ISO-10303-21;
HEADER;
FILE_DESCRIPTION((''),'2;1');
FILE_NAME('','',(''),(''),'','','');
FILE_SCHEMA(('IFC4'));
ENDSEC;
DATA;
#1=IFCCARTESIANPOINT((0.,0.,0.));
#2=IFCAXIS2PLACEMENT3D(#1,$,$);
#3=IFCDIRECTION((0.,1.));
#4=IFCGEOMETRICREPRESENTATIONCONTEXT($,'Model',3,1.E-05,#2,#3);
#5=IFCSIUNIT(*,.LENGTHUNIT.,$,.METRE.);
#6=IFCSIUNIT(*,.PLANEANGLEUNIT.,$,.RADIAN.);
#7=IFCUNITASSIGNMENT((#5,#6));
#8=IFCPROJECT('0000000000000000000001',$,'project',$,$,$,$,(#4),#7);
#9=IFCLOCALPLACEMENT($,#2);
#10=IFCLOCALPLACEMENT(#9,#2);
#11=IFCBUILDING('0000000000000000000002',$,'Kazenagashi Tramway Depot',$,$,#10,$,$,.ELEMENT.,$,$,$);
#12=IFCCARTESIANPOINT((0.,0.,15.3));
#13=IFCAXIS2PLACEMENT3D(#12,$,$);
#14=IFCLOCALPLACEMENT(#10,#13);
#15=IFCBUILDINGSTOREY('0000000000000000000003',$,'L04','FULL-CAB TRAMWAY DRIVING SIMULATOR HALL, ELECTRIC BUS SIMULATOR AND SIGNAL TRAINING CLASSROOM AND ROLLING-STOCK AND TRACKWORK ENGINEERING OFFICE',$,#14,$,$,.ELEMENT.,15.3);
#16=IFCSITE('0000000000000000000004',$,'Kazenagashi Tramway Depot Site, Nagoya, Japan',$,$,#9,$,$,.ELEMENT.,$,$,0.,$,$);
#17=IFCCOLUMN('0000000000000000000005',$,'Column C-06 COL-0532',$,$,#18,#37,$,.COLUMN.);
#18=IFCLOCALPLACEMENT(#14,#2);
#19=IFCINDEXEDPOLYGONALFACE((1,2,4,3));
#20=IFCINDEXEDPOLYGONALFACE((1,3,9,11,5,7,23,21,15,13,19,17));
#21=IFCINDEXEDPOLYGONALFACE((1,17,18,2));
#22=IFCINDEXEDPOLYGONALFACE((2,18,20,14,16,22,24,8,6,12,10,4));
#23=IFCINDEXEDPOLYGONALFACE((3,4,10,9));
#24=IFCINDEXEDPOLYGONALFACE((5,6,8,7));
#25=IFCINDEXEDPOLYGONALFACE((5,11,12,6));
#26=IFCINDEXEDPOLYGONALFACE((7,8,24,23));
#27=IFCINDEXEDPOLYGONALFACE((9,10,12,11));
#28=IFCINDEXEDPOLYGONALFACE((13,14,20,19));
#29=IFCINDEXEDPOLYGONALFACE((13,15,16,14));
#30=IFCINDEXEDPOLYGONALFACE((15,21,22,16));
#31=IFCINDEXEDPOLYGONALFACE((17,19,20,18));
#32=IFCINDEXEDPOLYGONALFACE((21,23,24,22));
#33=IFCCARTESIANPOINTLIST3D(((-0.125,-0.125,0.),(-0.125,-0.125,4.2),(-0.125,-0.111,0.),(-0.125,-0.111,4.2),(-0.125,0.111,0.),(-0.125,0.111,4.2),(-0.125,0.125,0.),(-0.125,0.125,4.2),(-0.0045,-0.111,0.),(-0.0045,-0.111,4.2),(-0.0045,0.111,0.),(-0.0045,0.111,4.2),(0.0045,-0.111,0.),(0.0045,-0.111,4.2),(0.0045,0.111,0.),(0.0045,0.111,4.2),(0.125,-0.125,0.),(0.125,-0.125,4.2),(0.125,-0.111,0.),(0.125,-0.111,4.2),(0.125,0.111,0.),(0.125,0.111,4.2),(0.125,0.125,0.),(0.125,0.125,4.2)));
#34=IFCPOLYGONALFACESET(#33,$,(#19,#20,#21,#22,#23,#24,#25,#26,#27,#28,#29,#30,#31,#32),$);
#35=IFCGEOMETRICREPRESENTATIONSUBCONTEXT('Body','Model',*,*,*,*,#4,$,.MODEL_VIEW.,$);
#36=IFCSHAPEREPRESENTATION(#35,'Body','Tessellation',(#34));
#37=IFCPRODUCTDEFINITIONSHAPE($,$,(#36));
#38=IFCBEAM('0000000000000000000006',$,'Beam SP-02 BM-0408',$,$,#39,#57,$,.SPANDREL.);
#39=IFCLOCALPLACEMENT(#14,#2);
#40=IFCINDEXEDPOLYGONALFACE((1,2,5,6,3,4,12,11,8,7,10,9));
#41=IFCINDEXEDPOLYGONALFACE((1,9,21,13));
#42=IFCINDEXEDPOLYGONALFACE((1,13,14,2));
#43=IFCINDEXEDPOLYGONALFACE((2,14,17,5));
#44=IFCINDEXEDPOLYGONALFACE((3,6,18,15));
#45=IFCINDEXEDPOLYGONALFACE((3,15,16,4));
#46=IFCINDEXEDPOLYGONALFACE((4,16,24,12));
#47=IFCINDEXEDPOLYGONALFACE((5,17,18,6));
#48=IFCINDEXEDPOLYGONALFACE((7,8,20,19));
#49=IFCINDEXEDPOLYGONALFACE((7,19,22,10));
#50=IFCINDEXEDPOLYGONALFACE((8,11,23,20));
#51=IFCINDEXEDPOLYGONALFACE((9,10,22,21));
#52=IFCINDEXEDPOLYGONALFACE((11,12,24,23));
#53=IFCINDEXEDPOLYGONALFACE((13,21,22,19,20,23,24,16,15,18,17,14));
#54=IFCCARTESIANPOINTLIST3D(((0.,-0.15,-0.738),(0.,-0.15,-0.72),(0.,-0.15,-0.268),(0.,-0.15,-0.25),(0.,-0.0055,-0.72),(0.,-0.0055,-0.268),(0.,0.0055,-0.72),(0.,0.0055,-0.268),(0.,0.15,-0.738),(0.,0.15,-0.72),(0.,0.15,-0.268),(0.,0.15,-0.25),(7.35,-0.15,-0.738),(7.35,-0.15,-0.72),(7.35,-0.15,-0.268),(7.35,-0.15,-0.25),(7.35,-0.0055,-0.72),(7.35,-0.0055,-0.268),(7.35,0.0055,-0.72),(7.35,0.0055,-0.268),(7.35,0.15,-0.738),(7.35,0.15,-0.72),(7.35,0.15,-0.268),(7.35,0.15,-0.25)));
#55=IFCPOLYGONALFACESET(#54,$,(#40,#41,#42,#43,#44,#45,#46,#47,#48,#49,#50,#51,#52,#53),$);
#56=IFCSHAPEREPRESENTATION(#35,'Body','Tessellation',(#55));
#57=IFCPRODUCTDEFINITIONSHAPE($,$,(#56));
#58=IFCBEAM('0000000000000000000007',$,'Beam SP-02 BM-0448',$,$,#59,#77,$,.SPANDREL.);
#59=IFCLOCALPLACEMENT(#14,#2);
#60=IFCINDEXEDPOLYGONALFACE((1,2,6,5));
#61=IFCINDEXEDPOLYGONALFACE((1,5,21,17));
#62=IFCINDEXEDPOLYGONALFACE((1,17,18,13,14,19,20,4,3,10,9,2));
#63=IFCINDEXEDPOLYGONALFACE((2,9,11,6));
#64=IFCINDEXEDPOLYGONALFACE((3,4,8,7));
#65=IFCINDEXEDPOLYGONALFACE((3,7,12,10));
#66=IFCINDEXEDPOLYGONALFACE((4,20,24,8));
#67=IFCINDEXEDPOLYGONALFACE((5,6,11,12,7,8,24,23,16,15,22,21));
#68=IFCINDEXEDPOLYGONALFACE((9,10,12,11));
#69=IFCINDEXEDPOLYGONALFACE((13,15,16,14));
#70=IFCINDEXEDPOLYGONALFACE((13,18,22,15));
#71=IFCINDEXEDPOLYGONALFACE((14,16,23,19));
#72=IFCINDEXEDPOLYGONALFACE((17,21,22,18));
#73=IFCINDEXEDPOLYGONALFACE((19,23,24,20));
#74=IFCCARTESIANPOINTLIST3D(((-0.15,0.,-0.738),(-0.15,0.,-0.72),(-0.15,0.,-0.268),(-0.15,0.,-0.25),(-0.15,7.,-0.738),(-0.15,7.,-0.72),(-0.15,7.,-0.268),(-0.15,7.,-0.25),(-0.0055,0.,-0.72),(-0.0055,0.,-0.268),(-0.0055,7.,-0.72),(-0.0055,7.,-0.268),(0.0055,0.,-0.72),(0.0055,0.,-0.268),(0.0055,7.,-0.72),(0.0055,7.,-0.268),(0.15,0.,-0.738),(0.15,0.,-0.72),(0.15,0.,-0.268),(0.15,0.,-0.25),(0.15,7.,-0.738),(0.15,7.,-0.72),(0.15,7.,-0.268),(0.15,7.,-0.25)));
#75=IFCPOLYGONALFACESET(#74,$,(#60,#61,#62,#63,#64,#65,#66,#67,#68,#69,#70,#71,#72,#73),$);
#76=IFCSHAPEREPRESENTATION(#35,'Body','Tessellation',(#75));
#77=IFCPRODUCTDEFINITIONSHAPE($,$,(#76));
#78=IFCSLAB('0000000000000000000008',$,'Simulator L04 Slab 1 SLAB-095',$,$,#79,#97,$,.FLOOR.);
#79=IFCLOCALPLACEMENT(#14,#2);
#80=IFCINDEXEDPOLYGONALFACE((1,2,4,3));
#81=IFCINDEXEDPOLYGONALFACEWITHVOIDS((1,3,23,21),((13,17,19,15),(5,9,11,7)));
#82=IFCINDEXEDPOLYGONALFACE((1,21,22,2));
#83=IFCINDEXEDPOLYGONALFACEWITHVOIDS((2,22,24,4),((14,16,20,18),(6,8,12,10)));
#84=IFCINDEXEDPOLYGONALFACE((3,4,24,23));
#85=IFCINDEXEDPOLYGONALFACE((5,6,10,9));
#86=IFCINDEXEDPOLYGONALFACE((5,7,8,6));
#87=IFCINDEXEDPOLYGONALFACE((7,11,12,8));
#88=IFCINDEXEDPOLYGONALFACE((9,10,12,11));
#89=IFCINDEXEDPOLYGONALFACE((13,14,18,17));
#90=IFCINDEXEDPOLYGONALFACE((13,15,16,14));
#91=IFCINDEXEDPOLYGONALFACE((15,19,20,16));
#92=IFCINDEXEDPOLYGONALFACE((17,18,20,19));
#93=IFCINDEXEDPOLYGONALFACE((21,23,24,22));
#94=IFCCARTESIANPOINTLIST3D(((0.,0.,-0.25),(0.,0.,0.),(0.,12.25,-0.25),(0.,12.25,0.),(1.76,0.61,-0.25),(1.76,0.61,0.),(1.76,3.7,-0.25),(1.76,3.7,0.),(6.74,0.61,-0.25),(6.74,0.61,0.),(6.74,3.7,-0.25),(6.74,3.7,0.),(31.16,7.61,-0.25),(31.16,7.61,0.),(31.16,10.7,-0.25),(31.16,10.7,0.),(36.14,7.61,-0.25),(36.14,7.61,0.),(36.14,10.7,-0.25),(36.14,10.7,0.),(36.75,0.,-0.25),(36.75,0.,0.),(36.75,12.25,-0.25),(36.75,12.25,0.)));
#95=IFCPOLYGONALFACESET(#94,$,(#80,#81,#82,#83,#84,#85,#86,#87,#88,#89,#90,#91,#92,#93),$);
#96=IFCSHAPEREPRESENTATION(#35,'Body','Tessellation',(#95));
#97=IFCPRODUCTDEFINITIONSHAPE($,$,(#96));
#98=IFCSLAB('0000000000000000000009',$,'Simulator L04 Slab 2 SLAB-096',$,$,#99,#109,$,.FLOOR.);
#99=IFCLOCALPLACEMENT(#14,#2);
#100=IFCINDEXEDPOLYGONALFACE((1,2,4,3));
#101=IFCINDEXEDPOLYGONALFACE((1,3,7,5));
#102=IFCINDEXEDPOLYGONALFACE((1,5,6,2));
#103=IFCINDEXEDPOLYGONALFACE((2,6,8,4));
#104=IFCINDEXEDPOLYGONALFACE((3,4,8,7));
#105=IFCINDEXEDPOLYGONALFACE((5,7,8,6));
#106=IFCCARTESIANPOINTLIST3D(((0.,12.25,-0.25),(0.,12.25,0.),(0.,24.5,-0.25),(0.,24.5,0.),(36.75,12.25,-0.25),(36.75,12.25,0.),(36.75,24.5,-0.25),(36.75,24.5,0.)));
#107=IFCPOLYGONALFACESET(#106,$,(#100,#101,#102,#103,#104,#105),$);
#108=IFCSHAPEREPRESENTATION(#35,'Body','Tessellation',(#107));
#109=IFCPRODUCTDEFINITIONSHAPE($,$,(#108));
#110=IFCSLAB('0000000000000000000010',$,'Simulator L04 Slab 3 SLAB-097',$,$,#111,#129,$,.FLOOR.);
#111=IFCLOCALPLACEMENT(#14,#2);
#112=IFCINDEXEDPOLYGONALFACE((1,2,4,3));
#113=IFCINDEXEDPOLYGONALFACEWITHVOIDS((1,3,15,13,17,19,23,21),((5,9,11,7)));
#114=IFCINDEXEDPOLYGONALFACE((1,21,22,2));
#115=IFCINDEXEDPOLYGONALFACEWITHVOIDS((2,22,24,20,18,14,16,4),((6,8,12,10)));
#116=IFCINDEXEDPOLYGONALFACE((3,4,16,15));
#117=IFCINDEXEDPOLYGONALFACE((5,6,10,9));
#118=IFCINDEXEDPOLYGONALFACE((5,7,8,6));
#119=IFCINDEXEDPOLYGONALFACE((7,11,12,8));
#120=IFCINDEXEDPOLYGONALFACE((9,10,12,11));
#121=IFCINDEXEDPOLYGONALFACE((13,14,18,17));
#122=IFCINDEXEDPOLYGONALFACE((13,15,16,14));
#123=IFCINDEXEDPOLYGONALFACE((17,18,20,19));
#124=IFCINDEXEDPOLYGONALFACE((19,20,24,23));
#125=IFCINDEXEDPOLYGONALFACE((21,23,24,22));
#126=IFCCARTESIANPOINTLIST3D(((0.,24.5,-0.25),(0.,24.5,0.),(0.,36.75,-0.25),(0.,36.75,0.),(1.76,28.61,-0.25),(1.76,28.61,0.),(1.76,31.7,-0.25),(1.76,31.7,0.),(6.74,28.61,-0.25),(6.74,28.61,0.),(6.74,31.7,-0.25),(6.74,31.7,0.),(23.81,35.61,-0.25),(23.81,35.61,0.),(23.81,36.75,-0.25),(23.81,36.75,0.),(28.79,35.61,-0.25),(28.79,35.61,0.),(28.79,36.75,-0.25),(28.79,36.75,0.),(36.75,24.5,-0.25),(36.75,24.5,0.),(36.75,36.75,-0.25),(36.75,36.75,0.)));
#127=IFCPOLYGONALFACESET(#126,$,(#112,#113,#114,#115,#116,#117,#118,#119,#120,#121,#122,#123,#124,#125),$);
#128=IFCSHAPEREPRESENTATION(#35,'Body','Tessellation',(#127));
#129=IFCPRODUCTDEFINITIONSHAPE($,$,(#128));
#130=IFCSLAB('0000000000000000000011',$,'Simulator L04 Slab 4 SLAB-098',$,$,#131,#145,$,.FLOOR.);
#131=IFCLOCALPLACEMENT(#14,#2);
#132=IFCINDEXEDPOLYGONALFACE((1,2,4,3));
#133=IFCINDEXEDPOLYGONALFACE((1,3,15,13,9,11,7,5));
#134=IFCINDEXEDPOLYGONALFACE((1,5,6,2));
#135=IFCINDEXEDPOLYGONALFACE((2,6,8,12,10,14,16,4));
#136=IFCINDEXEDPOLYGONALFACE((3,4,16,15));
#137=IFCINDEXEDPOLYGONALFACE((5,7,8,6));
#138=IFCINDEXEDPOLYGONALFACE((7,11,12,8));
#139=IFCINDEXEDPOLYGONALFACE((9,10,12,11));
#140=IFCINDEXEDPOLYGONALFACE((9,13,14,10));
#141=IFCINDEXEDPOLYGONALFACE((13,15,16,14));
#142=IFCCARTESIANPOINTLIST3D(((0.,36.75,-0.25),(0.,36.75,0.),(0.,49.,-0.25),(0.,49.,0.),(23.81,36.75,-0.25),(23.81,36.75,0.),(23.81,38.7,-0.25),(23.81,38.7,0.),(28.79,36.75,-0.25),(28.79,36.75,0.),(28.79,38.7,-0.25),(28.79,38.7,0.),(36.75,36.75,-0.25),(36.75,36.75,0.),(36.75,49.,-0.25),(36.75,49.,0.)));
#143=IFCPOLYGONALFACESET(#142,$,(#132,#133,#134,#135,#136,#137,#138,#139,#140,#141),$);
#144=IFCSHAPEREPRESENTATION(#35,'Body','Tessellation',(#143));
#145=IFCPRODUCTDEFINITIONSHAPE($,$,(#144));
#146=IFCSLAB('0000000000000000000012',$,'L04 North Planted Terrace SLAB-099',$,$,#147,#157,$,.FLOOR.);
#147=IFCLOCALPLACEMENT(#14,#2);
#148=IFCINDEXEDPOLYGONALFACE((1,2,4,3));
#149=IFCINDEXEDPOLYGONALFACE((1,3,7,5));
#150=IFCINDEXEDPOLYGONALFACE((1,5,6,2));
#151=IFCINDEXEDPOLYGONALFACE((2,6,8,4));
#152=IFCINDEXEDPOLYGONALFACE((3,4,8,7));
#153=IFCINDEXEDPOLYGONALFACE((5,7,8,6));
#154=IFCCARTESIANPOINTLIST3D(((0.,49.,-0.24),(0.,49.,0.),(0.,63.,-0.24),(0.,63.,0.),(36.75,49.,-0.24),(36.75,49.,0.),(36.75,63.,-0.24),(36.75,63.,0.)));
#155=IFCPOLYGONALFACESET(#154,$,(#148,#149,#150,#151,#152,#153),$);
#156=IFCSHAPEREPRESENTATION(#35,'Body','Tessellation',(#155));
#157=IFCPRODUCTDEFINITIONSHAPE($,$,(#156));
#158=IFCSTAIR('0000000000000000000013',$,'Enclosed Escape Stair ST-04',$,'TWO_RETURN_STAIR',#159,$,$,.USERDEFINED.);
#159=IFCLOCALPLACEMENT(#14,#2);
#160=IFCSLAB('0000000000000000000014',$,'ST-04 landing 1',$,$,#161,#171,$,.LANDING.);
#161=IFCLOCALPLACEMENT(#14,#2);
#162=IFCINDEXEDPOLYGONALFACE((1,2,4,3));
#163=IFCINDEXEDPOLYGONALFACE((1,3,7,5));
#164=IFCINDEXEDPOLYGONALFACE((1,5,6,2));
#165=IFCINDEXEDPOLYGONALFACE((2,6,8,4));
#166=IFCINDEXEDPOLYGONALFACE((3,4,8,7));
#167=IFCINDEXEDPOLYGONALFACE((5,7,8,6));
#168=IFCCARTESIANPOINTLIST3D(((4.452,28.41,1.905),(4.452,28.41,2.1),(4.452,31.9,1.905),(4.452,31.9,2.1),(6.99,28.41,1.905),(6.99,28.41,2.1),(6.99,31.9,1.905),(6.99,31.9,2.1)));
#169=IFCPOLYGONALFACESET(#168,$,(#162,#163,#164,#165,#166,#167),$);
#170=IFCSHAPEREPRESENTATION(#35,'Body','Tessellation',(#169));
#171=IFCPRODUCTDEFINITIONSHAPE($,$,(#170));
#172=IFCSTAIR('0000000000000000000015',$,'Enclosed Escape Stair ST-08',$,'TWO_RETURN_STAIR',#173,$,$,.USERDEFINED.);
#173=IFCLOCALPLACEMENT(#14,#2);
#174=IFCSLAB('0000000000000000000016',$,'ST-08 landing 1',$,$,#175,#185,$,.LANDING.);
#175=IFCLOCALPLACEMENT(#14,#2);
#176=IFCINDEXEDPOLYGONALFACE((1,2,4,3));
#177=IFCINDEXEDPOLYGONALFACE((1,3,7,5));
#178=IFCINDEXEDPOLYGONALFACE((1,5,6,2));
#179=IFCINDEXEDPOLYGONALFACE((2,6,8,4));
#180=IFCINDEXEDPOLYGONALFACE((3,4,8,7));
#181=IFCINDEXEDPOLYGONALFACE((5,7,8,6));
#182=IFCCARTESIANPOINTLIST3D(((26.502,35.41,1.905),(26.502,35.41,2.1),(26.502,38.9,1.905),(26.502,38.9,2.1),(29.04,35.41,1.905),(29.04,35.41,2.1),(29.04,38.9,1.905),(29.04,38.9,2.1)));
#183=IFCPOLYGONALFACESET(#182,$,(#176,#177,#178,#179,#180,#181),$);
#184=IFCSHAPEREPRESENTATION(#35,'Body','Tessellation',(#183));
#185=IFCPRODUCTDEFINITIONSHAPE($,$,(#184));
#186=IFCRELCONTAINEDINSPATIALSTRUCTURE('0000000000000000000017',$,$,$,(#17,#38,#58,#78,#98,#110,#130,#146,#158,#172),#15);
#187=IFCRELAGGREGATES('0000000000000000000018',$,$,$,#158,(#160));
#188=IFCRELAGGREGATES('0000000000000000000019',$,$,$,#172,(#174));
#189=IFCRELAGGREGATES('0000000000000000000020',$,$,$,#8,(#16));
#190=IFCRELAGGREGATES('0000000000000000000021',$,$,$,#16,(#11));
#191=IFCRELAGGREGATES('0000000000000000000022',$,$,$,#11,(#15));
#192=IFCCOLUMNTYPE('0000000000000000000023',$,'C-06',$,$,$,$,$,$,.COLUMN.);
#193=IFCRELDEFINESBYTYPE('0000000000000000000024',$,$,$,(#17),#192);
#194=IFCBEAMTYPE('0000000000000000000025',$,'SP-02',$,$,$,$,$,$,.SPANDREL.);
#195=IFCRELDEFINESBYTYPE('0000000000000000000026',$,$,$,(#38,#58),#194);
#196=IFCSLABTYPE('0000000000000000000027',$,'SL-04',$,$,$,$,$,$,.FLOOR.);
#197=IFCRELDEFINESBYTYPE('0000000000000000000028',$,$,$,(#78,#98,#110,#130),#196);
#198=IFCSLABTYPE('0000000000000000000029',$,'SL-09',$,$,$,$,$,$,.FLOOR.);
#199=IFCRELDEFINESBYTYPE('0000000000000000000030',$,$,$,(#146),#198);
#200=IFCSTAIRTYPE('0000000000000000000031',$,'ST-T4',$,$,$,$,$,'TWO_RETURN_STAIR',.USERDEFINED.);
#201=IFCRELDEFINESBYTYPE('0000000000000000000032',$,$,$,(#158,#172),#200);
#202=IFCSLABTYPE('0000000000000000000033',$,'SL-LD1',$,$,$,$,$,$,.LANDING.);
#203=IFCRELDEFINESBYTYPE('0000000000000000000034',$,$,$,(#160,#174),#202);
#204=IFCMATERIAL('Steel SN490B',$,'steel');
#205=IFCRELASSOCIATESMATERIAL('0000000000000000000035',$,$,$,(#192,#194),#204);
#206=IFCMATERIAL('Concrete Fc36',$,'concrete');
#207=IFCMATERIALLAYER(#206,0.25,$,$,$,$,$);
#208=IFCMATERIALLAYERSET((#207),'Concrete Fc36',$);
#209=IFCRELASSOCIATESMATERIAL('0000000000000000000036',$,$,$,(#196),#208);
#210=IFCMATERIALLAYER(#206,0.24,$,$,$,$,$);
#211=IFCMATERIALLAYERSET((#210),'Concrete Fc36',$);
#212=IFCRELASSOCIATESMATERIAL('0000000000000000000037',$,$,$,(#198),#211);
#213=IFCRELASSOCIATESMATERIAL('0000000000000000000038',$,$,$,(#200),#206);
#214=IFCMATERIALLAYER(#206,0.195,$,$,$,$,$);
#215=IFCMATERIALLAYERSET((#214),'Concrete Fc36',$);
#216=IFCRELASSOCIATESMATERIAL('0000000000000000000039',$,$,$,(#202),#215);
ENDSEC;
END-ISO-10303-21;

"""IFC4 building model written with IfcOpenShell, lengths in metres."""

from ifc_helpers import new_model, si_unit, direction, frame, origin, origin_with_axes, origin_2d, place, context, subcontext, project, spatial, polyline, i_section, outline, extrude, material, layer, layer_set, material_profile, profile_set, type_object, element, aggregate, save


model = new_model("IFC4")

# Units and contexts
model_context = context("Model", 3, precision=1e-05, world=origin(), true_north=direction((0.0, 1.0)))
body_context = subcontext(model_context, "Body", "Model", "MODEL_VIEW")
ifc_project = project(units=[si_unit("LENGTHUNIT", "METRE"), si_unit("PLANEANGLEUNIT", "RADIAN")], contexts=[model_context])

# Site, building, storey
site_placement = place(None, origin())
site = spatial("IfcSite", under=ifc_project, at=site_placement, Name="Kazenagashi Tramway Depot Site, Nagoya, Japan", CompositionType="ELEMENT", RefElevation=0.0)
building_placement = place(site_placement, origin())
building = spatial("IfcBuilding", under=site, at=building_placement, Name="Kazenagashi Tramway Depot", CompositionType="ELEMENT")
storey_placement = place(building_placement, frame((0.0, 0.0, 15.3)))
storey = spatial("IfcBuildingStorey", under=building, at=storey_placement, Name="L04", Description="FULL-CAB TRAMWAY DRIVING SIMULATOR HALL, ELECTRIC BUS SIMULATOR AND SIGNAL TRAINING CLASSROOM AND ROLLING-STOCK AND TRACKWORK ENGINEERING OFFICE", CompositionType="ELEMENT", Elevation=15.3)

# Column
ifc_material_1 = material(Name="Steel SN490B", Category="steel")
ifc_material_profile_1 = material_profile(ifc_material_1, i_section(OverallWidth=0.25, OverallDepth=0.25, WebThickness=0.009, FlangeThickness=0.014, at=origin_2d()), Name="H-250x250x9x14")
ifc_profile_set_1 = profile_set([ifc_material_profile_1], Name="Steel SN490B")
column_type = type_object("IfcColumnType", Name="C-06", PredefinedType="COLUMN", material=ifc_profile_set_1)
column_placement = place(storey_placement, origin_with_axes())
element("IfcColumn", 1, at=column_placement, inside=storey, type_object=column_type, Name="Column C-06 COL-0532", PredefinedType="COLUMN", context=body_context, shape_type="SweptSolid", body=[
    extrude(i_section(OverallWidth=0.25, OverallDepth=0.25, WebThickness=0.009, FlangeThickness=0.014, at=origin_2d()), origin(), (0.0, 0.0, 1.0), 4.2),
])

# Beams
ifc_material_profile_2 = material_profile(ifc_material_1, i_section(OverallWidth=0.3, OverallDepth=0.488, WebThickness=0.011, FlangeThickness=0.018, at=origin_2d()), Name="H-488x300x11x18")
ifc_profile_set_2 = profile_set([ifc_material_profile_2], Name="Steel SN490B")
beam_type = type_object("IfcBeamType", Name="SP-02", PredefinedType="SPANDREL", material=ifc_profile_set_2)
beam_1_placement = place(storey_placement, frame((0.0, 0.0, -0.494), z_axis=(1.0, 0.0, 0.0), x_axis=(0.0, 1.0, 0.0)))
element("IfcBeam", 2, at=beam_1_placement, inside=storey, type_object=beam_type, Name="Beam SP-02 BM-0408", PredefinedType="SPANDREL", context=body_context, shape_type="SweptSolid", body=[
    extrude(i_section(OverallWidth=0.3, OverallDepth=0.488, WebThickness=0.011, FlangeThickness=0.018, at=origin_2d()), origin(), (0.0, 0.0, 1.0), 7.35),
])
beam_2_placement = place(storey_placement, frame((0.0, 0.0, -0.494), z_axis=(0.0, 1.0, 0.0), x_axis=(-1.0, 0.0, 0.0)))
element("IfcBeam", 3, at=beam_2_placement, inside=storey, type_object=beam_type, Name="Beam SP-02 BM-0448", PredefinedType="SPANDREL", context=body_context, shape_type="SweptSolid", body=[
    extrude(i_section(OverallWidth=0.3, OverallDepth=0.488, WebThickness=0.011, FlangeThickness=0.018, at=origin_2d()), origin(), (0.0, 0.0, 1.0), 7.0),
])

# Slabs
ifc_material_2 = material(Name="Concrete Fc36", Category="concrete")
ifc_layer_1 = layer(ifc_material_2, 0.25)
ifc_layer_set_1 = layer_set([ifc_layer_1], Name="Concrete Fc36")
slab_type_1 = type_object("IfcSlabType", Name="SL-04", PredefinedType="FLOOR", material=ifc_layer_set_1)
slab_1_placement = place(storey_placement, frame((0.0, 0.0, -0.25)))
element("IfcSlab", 4, at=slab_1_placement, inside=storey, type_object=slab_type_1, Name="Simulator L04 Slab 1 SLAB-095", PredefinedType="FLOOR", context=body_context, shape_type="SweptSolid", body=[
    extrude(outline(polyline([(0.0, 12.25), (36.75, 12.25), (36.75, 0.0), (0.0, 0.0), (0.0, 12.25)]), holes=[polyline([(6.74, 0.61), (6.74, 3.7), (1.76, 3.7), (1.76, 0.61), (6.74, 0.61)]), polyline([(36.14, 7.61), (36.14, 10.7), (31.16, 10.7), (31.16, 7.61), (36.14, 7.61)])]), origin(), (0.0, 0.0, 1.0), 0.25),
])
slab_2_placement = place(storey_placement, frame((0.0, 0.0, -0.25)))
element("IfcSlab", 5, at=slab_2_placement, inside=storey, type_object=slab_type_1, Name="Simulator L04 Slab 2 SLAB-096", PredefinedType="FLOOR", context=body_context, shape_type="SweptSolid", body=[
    extrude(outline(polyline([(0.0, 12.25), (36.75, 12.25), (36.75, 24.5), (0.0, 24.5), (0.0, 12.25)])), origin(), (0.0, 0.0, 1.0), 0.25),
])
slab_3_placement = place(storey_placement, frame((0.0, 0.0, -0.25)))
element("IfcSlab", 6, at=slab_3_placement, inside=storey, type_object=slab_type_1, Name="Simulator L04 Slab 3 SLAB-097", PredefinedType="FLOOR", context=body_context, shape_type="SweptSolid", body=[
    extrude(outline(polyline([(36.75, 36.75), (36.75, 24.5), (0.0, 24.5), (0.0, 36.75), (23.81, 36.75), (23.81, 35.61), (28.79, 35.61), (28.79, 36.75), (36.75, 36.75)]), holes=[polyline([(6.74, 28.61), (6.74, 31.7), (1.76, 31.7), (1.76, 28.61), (6.74, 28.61)])]), origin(), (0.0, 0.0, 1.0), 0.25),
])
slab_4_placement = place(storey_placement, frame((0.0, 0.0, -0.25)))
element("IfcSlab", 7, at=slab_4_placement, inside=storey, type_object=slab_type_1, Name="Simulator L04 Slab 4 SLAB-098", PredefinedType="FLOOR", context=body_context, shape_type="SweptSolid", body=[
    extrude(outline(polyline([(0.0, 36.75), (0.0, 49.0), (36.75, 49.0), (36.75, 36.75), (28.79, 36.75), (28.79, 38.7), (23.81, 38.7), (23.81, 36.75), (0.0, 36.75)])), origin(), (0.0, 0.0, 1.0), 0.25),
])
ifc_layer_2 = layer(ifc_material_2, 0.24)
ifc_layer_set_2 = layer_set([ifc_layer_2], Name="Concrete Fc36")
slab_type_2 = type_object("IfcSlabType", Name="SL-09", PredefinedType="FLOOR", material=ifc_layer_set_2)
slab_5_placement = place(storey_placement, frame((0.0, 0.0, -0.24)))
element("IfcSlab", 8, at=slab_5_placement, inside=storey, type_object=slab_type_2, Name="L04 North Planted Terrace SLAB-099", PredefinedType="FLOOR", context=body_context, shape_type="SweptSolid", body=[
    extrude(outline(polyline([(0.0, 49.0), (36.75, 49.0), (36.75, 63.0), (0.0, 63.0), (0.0, 49.0)])), origin(), (0.0, 0.0, 1.0), 0.24),
])

# Stairs, slabs
stair_type = type_object("IfcStairType", Name="ST-T4", ElementType="TWO_RETURN_STAIR", PredefinedType="USERDEFINED", material=ifc_material_2)
stair_1_placement = place(storey_placement, origin())
stair_1 = element("IfcStair", 9, at=stair_1_placement, inside=storey, type_object=stair_type, Name="Enclosed Escape Stair ST-04", ObjectType="TWO_RETURN_STAIR", PredefinedType="USERDEFINED")
ifc_layer_3 = layer(ifc_material_2, 0.195)
ifc_layer_set_3 = layer_set([ifc_layer_3], Name="Concrete Fc36")
slab_type_3 = type_object("IfcSlabType", Name="SL-LD1", PredefinedType="LANDING", material=ifc_layer_set_3)
slab_6_placement = place(storey_placement, frame((0.0, 0.0, 1.905)))
slab_6 = element("IfcSlab", 10, at=slab_6_placement, type_object=slab_type_3, Name="ST-04 landing 1", PredefinedType="LANDING", context=body_context, shape_type="SweptSolid", body=[
    extrude(outline(polyline([(4.452, 28.41), (6.99, 28.41), (6.99, 31.9), (4.452, 31.9), (4.452, 28.41)])), origin(), (0.0, 0.0, 1.0), 0.195),
])
aggregate(stair_1, [slab_6])
stair_2_placement = place(storey_placement, origin())
stair_2 = element("IfcStair", 11, at=stair_2_placement, inside=storey, type_object=stair_type, Name="Enclosed Escape Stair ST-08", ObjectType="TWO_RETURN_STAIR", PredefinedType="USERDEFINED")
slab_7_placement = place(storey_placement, frame((0.0, 0.0, 1.905)))
slab_7 = element("IfcSlab", 12, at=slab_7_placement, type_object=slab_type_3, Name="ST-08 landing 1", PredefinedType="LANDING", context=body_context, shape_type="SweptSolid", body=[
    extrude(outline(polyline([(26.502, 35.41), (29.04, 35.41), (29.04, 38.9), (26.502, 38.9), (26.502, 35.41)])), origin(), (0.0, 0.0, 1.0), 0.195),
])
aggregate(stair_2, [slab_7])

save(model, "model.ifc")
